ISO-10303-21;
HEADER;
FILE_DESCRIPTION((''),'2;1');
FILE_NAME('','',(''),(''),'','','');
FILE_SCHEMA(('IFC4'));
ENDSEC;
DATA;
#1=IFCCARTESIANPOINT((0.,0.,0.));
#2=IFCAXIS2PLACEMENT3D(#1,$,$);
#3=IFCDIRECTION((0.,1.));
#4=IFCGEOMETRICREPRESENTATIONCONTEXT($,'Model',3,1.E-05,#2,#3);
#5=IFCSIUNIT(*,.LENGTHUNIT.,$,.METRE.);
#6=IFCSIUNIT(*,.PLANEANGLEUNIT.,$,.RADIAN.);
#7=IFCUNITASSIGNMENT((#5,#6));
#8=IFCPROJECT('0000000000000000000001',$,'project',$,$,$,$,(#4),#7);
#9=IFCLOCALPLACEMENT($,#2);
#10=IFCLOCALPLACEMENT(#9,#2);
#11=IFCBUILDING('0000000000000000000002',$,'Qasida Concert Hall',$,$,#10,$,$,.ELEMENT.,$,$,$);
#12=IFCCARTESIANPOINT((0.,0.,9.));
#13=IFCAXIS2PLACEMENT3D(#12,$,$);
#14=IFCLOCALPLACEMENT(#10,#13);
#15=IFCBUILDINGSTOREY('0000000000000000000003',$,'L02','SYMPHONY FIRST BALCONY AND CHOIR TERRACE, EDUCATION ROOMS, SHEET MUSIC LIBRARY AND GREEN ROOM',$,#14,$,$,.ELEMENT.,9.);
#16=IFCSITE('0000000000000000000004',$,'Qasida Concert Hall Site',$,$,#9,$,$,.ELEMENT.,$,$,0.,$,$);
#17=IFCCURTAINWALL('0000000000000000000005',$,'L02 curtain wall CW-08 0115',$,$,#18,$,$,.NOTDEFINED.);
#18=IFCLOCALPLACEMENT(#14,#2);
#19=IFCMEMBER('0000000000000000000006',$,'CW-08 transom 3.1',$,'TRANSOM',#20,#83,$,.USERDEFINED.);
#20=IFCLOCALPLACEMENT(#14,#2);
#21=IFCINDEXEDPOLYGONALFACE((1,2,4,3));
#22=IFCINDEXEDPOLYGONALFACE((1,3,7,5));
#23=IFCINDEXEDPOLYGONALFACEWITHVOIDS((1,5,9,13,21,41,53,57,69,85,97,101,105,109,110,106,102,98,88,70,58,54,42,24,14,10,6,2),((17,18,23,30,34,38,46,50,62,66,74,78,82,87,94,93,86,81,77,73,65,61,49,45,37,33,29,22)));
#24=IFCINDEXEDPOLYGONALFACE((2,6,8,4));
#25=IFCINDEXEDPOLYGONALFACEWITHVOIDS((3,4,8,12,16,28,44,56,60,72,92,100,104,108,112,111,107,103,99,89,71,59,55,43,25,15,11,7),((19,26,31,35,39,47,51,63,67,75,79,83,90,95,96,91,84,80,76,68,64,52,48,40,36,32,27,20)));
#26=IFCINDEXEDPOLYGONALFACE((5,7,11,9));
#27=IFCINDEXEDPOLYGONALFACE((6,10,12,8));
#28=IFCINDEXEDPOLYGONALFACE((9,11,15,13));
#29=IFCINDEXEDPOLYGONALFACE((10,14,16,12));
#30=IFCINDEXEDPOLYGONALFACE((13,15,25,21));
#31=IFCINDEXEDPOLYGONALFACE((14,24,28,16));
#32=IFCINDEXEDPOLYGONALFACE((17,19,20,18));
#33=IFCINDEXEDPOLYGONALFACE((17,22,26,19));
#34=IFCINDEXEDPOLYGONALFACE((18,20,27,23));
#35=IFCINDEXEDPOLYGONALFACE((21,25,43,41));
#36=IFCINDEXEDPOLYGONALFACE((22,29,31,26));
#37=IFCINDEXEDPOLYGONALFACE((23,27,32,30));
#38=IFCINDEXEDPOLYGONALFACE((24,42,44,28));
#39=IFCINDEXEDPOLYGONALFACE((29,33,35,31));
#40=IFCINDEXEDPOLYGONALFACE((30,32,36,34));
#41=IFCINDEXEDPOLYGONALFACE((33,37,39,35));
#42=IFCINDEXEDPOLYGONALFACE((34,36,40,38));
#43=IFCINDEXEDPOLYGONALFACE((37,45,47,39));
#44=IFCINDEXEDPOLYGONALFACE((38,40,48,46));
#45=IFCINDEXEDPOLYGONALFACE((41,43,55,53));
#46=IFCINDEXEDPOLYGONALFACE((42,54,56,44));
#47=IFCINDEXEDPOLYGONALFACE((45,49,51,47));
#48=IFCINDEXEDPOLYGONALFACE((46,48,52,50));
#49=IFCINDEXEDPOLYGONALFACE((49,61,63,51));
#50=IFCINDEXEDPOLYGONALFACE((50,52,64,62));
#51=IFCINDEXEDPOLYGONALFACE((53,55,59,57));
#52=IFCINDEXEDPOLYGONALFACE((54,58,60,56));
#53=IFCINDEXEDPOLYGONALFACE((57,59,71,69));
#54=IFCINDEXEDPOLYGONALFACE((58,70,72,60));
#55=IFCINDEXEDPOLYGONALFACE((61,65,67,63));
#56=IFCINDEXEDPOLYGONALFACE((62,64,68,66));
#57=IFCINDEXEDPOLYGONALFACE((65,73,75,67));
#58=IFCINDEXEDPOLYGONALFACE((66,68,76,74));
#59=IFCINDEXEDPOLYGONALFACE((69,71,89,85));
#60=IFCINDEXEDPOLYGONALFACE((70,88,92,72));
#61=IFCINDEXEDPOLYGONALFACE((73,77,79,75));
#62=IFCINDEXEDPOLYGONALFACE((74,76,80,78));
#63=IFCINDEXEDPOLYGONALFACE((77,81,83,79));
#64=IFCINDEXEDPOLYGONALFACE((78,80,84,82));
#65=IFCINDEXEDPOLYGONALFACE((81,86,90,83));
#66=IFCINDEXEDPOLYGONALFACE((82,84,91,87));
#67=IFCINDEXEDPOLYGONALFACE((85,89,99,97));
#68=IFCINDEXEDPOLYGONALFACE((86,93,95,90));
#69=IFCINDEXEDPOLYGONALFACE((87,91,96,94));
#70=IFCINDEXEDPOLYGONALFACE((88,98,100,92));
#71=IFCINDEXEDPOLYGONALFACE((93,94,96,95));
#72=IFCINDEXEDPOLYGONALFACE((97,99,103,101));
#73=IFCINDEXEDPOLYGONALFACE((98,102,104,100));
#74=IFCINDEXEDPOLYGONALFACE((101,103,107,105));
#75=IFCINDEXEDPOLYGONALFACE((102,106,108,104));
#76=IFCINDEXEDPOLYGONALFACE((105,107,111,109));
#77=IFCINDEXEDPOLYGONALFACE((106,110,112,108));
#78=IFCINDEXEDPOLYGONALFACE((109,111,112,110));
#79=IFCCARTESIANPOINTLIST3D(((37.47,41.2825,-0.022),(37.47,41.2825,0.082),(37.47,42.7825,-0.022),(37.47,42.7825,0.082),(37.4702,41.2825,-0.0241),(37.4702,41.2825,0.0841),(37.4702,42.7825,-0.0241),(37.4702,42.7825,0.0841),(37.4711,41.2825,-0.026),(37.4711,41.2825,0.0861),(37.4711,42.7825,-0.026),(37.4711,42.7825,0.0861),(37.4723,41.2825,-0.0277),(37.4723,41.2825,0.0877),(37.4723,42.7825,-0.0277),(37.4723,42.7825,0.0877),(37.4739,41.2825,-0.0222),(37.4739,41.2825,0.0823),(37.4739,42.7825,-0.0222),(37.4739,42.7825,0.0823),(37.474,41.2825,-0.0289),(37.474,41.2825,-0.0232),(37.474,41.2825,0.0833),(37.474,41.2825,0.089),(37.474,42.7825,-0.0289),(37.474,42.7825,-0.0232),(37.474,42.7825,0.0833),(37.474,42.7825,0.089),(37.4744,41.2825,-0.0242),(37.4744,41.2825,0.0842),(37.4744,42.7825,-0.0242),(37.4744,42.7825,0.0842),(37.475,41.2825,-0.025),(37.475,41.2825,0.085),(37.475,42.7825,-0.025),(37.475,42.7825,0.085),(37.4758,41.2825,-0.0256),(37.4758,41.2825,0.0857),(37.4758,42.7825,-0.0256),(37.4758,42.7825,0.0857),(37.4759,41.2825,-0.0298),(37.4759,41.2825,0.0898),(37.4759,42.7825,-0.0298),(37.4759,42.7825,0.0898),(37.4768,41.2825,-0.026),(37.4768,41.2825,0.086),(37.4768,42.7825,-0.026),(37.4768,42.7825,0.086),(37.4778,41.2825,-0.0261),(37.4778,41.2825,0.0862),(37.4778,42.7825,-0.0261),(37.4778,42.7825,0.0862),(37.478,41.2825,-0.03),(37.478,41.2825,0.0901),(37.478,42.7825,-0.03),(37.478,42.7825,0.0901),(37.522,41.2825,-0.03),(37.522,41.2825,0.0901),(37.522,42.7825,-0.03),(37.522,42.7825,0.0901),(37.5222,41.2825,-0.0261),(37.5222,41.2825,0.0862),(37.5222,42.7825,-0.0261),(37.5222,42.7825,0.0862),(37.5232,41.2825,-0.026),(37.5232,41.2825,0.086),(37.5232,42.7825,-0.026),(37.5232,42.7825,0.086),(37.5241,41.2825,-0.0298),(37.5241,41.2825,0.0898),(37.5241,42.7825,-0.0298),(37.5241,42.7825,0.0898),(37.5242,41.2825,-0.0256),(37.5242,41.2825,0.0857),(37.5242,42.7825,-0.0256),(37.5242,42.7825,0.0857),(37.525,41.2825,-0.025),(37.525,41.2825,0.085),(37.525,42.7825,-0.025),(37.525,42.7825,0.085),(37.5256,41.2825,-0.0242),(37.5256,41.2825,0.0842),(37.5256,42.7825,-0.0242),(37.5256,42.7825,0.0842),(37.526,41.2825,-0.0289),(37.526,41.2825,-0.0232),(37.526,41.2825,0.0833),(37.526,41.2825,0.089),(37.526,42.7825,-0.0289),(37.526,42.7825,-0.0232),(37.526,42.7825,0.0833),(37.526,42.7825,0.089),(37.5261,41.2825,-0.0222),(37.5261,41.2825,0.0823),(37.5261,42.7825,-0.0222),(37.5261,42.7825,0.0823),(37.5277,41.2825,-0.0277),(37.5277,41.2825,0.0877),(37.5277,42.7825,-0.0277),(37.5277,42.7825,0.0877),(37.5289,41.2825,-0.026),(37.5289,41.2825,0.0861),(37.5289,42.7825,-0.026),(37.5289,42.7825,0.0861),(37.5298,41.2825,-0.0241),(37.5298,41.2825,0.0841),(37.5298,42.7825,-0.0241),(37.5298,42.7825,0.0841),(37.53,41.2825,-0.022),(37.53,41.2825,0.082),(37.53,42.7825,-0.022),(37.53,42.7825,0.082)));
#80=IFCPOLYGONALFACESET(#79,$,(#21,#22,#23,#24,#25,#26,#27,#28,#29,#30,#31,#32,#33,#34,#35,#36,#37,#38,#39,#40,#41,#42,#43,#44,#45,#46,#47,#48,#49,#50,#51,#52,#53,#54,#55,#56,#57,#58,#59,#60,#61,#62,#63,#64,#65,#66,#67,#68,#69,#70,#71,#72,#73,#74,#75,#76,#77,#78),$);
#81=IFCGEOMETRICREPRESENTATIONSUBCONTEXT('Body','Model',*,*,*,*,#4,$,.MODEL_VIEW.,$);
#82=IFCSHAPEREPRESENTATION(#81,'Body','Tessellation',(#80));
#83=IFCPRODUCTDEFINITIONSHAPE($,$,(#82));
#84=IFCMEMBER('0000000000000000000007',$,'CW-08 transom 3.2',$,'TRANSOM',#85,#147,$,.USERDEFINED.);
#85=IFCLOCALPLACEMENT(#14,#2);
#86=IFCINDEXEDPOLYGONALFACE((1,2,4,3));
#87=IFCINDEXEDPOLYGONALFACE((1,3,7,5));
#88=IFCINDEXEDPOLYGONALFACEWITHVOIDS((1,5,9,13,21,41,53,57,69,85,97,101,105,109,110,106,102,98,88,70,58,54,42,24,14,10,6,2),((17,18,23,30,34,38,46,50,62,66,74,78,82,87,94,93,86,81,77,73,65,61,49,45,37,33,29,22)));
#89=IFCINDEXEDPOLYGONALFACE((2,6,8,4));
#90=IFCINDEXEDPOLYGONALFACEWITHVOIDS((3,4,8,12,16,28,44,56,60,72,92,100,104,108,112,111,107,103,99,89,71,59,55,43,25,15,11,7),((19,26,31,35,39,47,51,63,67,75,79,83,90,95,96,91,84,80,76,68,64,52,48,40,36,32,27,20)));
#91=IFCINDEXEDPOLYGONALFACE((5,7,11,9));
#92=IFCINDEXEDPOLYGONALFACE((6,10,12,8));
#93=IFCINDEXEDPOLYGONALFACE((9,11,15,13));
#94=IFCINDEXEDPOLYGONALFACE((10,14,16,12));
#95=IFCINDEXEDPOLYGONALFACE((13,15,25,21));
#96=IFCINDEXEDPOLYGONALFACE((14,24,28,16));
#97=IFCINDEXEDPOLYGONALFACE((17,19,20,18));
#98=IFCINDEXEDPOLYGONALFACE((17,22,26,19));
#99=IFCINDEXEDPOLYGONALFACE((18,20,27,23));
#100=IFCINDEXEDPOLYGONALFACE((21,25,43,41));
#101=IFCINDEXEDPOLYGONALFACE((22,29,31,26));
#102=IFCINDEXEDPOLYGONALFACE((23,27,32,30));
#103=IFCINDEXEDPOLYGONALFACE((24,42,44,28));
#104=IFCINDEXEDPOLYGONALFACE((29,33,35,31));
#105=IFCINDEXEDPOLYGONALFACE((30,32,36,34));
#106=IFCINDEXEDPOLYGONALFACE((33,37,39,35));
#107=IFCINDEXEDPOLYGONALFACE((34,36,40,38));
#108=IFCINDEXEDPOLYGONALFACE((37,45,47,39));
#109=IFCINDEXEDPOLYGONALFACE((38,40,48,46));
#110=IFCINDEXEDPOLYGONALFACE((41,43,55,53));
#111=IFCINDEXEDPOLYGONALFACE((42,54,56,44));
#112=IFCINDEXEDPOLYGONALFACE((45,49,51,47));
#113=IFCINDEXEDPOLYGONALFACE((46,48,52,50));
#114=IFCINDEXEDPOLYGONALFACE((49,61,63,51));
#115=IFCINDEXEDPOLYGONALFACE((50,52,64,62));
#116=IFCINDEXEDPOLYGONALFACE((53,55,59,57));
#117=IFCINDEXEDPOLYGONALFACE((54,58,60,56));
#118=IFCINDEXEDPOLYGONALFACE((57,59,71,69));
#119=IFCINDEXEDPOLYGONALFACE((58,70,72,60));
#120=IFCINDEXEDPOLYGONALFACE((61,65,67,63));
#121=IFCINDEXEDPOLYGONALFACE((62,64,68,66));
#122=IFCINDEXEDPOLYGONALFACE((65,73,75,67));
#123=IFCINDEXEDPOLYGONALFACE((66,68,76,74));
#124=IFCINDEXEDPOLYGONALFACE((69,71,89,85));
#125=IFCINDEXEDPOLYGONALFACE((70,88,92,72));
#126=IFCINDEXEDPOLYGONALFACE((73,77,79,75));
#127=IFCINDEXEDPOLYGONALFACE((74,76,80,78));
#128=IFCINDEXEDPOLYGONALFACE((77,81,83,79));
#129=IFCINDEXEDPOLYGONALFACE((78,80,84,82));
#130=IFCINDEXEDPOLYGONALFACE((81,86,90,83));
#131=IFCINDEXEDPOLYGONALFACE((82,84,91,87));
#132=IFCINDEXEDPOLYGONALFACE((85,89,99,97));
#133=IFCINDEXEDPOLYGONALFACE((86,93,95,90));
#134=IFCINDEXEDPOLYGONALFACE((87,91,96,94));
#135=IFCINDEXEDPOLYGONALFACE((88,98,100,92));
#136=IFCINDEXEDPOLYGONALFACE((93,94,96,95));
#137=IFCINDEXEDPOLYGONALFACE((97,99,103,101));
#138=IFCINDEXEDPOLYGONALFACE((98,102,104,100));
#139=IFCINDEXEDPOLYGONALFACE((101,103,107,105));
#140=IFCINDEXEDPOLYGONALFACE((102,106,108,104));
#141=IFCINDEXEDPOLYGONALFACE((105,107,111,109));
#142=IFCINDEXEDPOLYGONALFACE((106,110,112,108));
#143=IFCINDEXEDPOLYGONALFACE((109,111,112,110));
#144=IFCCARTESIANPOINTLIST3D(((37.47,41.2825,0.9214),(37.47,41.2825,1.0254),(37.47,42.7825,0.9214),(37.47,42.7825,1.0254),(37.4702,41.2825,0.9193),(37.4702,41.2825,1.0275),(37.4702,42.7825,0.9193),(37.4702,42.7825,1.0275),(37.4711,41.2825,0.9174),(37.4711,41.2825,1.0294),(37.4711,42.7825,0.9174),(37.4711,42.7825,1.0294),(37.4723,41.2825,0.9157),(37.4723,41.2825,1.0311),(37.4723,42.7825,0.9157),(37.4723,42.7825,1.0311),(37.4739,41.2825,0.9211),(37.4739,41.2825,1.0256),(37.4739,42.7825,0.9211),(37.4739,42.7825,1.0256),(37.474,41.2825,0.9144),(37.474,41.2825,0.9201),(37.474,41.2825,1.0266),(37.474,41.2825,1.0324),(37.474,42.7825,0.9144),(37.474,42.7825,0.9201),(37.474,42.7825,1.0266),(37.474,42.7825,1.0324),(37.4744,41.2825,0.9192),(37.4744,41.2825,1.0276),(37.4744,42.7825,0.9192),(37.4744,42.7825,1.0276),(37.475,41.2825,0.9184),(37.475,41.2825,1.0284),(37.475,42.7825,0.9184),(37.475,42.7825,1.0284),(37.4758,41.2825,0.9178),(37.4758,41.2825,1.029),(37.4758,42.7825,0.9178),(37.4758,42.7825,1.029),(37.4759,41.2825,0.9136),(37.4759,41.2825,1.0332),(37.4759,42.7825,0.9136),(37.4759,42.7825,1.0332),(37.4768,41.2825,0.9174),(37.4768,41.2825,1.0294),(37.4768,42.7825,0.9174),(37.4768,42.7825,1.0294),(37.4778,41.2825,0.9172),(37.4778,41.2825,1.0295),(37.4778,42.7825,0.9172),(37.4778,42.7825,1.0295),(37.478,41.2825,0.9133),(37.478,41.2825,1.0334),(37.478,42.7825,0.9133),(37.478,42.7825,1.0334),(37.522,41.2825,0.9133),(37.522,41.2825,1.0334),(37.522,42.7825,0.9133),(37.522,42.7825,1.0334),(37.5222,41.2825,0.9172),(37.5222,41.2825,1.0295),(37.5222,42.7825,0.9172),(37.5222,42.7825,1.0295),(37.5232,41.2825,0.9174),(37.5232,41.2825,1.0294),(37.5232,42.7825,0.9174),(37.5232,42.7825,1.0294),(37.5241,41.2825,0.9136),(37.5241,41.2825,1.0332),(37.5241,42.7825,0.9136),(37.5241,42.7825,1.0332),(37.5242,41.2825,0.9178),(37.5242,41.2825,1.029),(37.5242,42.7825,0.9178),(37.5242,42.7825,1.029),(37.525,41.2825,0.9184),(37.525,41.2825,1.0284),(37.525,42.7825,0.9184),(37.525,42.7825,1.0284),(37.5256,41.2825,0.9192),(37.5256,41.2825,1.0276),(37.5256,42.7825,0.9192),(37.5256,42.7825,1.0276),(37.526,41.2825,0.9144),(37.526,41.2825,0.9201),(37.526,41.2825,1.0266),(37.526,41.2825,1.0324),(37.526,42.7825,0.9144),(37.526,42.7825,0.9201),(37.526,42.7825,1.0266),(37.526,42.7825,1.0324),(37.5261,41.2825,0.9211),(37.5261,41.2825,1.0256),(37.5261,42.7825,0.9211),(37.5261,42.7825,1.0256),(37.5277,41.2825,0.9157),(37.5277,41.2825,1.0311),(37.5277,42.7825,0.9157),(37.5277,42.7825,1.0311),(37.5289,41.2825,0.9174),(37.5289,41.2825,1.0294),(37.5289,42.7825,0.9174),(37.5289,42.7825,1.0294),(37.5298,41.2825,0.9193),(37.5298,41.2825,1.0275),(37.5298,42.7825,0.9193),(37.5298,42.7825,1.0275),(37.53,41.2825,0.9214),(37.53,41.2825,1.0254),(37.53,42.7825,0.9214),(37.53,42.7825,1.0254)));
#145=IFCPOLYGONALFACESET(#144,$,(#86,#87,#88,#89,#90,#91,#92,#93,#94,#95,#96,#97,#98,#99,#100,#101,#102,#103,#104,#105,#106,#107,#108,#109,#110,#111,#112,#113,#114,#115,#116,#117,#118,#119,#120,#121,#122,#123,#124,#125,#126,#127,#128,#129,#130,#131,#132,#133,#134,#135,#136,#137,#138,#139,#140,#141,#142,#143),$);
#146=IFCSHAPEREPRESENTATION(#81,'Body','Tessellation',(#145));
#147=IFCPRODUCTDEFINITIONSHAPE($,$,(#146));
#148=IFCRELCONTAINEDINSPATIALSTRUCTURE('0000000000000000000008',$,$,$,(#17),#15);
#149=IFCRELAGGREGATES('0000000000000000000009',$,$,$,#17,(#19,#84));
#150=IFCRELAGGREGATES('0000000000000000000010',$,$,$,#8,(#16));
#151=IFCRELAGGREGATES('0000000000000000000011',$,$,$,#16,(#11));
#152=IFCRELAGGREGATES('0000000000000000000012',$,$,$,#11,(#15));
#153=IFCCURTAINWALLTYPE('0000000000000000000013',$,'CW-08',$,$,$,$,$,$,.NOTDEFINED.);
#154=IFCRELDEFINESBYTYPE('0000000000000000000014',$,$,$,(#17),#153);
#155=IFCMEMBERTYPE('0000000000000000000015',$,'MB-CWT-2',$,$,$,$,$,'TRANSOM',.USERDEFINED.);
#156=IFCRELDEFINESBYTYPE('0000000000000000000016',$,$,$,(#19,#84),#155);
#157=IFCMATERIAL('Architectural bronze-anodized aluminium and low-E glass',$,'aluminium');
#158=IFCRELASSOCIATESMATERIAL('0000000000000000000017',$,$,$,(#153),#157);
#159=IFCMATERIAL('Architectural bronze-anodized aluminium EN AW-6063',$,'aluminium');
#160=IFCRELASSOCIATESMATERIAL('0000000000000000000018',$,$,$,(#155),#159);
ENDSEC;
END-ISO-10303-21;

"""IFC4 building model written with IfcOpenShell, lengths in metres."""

from ifc_helpers import new_model, si_unit, direction, frame, origin, origin_2d, place, context, subcontext, project, spatial, hollow_rectangle, extrude, material, material_profile, profile_set, type_object, element, aggregate, save


model = new_model("IFC4")

# Units and contexts
model_context = context("Model", 3, precision=1e-05, world=origin(), true_north=direction((0.0, 1.0)))
body_context = subcontext(model_context, "Body", "Model", "MODEL_VIEW")
ifc_project = project(units=[si_unit("LENGTHUNIT", "METRE"), si_unit("PLANEANGLEUNIT", "RADIAN")], contexts=[model_context])

# Site, building, storey
site_placement = place(None, origin())
site = spatial("IfcSite", under=ifc_project, at=site_placement, Name="Qasida Concert Hall Site", CompositionType="ELEMENT", RefElevation=0.0)
building_placement = place(site_placement, origin())
building = spatial("IfcBuilding", under=site, at=building_placement, Name="Qasida Concert Hall", CompositionType="ELEMENT")
storey_placement = place(building_placement, frame((0.0, 0.0, 9.0)))
storey = spatial("IfcBuildingStorey", under=building, at=storey_placement, Name="L02", Description="SYMPHONY FIRST BALCONY AND CHOIR TERRACE, EDUCATION ROOMS, SHEET MUSIC LIBRARY AND GREEN ROOM", CompositionType="ELEMENT", Elevation=9.0)

# Curtain wall, members
ifc_material_1 = material(Name="Architectural bronze-anodized aluminium and low-E glass", Category="aluminium")
curtain_wall_type = type_object("IfcCurtainWallType", Name="CW-08", PredefinedType="NOTDEFINED", material=ifc_material_1)
curtain_wall_1_placement = place(storey_placement, origin())
curtain_wall_1 = element("IfcCurtainWall", 1, at=curtain_wall_1_placement, inside=storey, type_object=curtain_wall_type, Name="L02 curtain wall CW-08 0115", PredefinedType="NOTDEFINED")
ifc_material_2 = material(Name="Architectural bronze-anodized aluminium EN AW-6063", Category="aluminium")
ifc_material_profile_1 = material_profile(ifc_material_2, hollow_rectangle(XDim=0.0601, YDim=0.1201, WallThickness=0.0039, InnerFilletRadius=0.0039, OuterFilletRadius=0.0081, at=origin_2d()), Name="CWT 120x60x4")
ifc_profile_set_1 = profile_set([ifc_material_profile_1], Name="Architectural bronze-anodized aluminium EN AW-6063")
member_type_1 = type_object("IfcMemberType", Name="MB-CWT-2", ElementType="TRANSOM", PredefinedType="USERDEFINED", material=ifc_profile_set_1)
member_1_placement = place(storey_placement, frame((37.5, 41.2825, 0.03), z_axis=(0.0, 1.0, 0.0), x_axis=(-1.0, 0.0, 0.0)))
member_1 = element("IfcMember", 2, at=member_1_placement, type_object=member_type_1, Name="CW-08 transom 3.1", ObjectType="TRANSOM", PredefinedType="USERDEFINED", context=body_context, shape_type="SweptSolid", body=[
    extrude(hollow_rectangle(XDim=0.0601, YDim=0.1201, WallThickness=0.0039, InnerFilletRadius=0.0039, OuterFilletRadius=0.0081, at=origin_2d()), origin(), (0.0, 0.0, 1.0), 1.5),
])
member_2_placement = place(storey_placement, frame((37.5, 41.2825, 0.9734), z_axis=(0.0, 1.0, 0.0), x_axis=(-1.0, 0.0, 0.0)))
member_2 = element("IfcMember", 3, at=member_2_placement, type_object=member_type_1, Name="CW-08 transom 3.2", ObjectType="TRANSOM", PredefinedType="USERDEFINED", context=body_context, shape_type="SweptSolid", body=[
    extrude(hollow_rectangle(XDim=0.0601, YDim=0.1201, WallThickness=0.0039, InnerFilletRadius=0.0039, OuterFilletRadius=0.0081, at=origin_2d()), origin(), (0.0, 0.0, 1.0), 1.5),
])
aggregate(curtain_wall_1, [member_1, member_2])

save(model, "model.ifc")
